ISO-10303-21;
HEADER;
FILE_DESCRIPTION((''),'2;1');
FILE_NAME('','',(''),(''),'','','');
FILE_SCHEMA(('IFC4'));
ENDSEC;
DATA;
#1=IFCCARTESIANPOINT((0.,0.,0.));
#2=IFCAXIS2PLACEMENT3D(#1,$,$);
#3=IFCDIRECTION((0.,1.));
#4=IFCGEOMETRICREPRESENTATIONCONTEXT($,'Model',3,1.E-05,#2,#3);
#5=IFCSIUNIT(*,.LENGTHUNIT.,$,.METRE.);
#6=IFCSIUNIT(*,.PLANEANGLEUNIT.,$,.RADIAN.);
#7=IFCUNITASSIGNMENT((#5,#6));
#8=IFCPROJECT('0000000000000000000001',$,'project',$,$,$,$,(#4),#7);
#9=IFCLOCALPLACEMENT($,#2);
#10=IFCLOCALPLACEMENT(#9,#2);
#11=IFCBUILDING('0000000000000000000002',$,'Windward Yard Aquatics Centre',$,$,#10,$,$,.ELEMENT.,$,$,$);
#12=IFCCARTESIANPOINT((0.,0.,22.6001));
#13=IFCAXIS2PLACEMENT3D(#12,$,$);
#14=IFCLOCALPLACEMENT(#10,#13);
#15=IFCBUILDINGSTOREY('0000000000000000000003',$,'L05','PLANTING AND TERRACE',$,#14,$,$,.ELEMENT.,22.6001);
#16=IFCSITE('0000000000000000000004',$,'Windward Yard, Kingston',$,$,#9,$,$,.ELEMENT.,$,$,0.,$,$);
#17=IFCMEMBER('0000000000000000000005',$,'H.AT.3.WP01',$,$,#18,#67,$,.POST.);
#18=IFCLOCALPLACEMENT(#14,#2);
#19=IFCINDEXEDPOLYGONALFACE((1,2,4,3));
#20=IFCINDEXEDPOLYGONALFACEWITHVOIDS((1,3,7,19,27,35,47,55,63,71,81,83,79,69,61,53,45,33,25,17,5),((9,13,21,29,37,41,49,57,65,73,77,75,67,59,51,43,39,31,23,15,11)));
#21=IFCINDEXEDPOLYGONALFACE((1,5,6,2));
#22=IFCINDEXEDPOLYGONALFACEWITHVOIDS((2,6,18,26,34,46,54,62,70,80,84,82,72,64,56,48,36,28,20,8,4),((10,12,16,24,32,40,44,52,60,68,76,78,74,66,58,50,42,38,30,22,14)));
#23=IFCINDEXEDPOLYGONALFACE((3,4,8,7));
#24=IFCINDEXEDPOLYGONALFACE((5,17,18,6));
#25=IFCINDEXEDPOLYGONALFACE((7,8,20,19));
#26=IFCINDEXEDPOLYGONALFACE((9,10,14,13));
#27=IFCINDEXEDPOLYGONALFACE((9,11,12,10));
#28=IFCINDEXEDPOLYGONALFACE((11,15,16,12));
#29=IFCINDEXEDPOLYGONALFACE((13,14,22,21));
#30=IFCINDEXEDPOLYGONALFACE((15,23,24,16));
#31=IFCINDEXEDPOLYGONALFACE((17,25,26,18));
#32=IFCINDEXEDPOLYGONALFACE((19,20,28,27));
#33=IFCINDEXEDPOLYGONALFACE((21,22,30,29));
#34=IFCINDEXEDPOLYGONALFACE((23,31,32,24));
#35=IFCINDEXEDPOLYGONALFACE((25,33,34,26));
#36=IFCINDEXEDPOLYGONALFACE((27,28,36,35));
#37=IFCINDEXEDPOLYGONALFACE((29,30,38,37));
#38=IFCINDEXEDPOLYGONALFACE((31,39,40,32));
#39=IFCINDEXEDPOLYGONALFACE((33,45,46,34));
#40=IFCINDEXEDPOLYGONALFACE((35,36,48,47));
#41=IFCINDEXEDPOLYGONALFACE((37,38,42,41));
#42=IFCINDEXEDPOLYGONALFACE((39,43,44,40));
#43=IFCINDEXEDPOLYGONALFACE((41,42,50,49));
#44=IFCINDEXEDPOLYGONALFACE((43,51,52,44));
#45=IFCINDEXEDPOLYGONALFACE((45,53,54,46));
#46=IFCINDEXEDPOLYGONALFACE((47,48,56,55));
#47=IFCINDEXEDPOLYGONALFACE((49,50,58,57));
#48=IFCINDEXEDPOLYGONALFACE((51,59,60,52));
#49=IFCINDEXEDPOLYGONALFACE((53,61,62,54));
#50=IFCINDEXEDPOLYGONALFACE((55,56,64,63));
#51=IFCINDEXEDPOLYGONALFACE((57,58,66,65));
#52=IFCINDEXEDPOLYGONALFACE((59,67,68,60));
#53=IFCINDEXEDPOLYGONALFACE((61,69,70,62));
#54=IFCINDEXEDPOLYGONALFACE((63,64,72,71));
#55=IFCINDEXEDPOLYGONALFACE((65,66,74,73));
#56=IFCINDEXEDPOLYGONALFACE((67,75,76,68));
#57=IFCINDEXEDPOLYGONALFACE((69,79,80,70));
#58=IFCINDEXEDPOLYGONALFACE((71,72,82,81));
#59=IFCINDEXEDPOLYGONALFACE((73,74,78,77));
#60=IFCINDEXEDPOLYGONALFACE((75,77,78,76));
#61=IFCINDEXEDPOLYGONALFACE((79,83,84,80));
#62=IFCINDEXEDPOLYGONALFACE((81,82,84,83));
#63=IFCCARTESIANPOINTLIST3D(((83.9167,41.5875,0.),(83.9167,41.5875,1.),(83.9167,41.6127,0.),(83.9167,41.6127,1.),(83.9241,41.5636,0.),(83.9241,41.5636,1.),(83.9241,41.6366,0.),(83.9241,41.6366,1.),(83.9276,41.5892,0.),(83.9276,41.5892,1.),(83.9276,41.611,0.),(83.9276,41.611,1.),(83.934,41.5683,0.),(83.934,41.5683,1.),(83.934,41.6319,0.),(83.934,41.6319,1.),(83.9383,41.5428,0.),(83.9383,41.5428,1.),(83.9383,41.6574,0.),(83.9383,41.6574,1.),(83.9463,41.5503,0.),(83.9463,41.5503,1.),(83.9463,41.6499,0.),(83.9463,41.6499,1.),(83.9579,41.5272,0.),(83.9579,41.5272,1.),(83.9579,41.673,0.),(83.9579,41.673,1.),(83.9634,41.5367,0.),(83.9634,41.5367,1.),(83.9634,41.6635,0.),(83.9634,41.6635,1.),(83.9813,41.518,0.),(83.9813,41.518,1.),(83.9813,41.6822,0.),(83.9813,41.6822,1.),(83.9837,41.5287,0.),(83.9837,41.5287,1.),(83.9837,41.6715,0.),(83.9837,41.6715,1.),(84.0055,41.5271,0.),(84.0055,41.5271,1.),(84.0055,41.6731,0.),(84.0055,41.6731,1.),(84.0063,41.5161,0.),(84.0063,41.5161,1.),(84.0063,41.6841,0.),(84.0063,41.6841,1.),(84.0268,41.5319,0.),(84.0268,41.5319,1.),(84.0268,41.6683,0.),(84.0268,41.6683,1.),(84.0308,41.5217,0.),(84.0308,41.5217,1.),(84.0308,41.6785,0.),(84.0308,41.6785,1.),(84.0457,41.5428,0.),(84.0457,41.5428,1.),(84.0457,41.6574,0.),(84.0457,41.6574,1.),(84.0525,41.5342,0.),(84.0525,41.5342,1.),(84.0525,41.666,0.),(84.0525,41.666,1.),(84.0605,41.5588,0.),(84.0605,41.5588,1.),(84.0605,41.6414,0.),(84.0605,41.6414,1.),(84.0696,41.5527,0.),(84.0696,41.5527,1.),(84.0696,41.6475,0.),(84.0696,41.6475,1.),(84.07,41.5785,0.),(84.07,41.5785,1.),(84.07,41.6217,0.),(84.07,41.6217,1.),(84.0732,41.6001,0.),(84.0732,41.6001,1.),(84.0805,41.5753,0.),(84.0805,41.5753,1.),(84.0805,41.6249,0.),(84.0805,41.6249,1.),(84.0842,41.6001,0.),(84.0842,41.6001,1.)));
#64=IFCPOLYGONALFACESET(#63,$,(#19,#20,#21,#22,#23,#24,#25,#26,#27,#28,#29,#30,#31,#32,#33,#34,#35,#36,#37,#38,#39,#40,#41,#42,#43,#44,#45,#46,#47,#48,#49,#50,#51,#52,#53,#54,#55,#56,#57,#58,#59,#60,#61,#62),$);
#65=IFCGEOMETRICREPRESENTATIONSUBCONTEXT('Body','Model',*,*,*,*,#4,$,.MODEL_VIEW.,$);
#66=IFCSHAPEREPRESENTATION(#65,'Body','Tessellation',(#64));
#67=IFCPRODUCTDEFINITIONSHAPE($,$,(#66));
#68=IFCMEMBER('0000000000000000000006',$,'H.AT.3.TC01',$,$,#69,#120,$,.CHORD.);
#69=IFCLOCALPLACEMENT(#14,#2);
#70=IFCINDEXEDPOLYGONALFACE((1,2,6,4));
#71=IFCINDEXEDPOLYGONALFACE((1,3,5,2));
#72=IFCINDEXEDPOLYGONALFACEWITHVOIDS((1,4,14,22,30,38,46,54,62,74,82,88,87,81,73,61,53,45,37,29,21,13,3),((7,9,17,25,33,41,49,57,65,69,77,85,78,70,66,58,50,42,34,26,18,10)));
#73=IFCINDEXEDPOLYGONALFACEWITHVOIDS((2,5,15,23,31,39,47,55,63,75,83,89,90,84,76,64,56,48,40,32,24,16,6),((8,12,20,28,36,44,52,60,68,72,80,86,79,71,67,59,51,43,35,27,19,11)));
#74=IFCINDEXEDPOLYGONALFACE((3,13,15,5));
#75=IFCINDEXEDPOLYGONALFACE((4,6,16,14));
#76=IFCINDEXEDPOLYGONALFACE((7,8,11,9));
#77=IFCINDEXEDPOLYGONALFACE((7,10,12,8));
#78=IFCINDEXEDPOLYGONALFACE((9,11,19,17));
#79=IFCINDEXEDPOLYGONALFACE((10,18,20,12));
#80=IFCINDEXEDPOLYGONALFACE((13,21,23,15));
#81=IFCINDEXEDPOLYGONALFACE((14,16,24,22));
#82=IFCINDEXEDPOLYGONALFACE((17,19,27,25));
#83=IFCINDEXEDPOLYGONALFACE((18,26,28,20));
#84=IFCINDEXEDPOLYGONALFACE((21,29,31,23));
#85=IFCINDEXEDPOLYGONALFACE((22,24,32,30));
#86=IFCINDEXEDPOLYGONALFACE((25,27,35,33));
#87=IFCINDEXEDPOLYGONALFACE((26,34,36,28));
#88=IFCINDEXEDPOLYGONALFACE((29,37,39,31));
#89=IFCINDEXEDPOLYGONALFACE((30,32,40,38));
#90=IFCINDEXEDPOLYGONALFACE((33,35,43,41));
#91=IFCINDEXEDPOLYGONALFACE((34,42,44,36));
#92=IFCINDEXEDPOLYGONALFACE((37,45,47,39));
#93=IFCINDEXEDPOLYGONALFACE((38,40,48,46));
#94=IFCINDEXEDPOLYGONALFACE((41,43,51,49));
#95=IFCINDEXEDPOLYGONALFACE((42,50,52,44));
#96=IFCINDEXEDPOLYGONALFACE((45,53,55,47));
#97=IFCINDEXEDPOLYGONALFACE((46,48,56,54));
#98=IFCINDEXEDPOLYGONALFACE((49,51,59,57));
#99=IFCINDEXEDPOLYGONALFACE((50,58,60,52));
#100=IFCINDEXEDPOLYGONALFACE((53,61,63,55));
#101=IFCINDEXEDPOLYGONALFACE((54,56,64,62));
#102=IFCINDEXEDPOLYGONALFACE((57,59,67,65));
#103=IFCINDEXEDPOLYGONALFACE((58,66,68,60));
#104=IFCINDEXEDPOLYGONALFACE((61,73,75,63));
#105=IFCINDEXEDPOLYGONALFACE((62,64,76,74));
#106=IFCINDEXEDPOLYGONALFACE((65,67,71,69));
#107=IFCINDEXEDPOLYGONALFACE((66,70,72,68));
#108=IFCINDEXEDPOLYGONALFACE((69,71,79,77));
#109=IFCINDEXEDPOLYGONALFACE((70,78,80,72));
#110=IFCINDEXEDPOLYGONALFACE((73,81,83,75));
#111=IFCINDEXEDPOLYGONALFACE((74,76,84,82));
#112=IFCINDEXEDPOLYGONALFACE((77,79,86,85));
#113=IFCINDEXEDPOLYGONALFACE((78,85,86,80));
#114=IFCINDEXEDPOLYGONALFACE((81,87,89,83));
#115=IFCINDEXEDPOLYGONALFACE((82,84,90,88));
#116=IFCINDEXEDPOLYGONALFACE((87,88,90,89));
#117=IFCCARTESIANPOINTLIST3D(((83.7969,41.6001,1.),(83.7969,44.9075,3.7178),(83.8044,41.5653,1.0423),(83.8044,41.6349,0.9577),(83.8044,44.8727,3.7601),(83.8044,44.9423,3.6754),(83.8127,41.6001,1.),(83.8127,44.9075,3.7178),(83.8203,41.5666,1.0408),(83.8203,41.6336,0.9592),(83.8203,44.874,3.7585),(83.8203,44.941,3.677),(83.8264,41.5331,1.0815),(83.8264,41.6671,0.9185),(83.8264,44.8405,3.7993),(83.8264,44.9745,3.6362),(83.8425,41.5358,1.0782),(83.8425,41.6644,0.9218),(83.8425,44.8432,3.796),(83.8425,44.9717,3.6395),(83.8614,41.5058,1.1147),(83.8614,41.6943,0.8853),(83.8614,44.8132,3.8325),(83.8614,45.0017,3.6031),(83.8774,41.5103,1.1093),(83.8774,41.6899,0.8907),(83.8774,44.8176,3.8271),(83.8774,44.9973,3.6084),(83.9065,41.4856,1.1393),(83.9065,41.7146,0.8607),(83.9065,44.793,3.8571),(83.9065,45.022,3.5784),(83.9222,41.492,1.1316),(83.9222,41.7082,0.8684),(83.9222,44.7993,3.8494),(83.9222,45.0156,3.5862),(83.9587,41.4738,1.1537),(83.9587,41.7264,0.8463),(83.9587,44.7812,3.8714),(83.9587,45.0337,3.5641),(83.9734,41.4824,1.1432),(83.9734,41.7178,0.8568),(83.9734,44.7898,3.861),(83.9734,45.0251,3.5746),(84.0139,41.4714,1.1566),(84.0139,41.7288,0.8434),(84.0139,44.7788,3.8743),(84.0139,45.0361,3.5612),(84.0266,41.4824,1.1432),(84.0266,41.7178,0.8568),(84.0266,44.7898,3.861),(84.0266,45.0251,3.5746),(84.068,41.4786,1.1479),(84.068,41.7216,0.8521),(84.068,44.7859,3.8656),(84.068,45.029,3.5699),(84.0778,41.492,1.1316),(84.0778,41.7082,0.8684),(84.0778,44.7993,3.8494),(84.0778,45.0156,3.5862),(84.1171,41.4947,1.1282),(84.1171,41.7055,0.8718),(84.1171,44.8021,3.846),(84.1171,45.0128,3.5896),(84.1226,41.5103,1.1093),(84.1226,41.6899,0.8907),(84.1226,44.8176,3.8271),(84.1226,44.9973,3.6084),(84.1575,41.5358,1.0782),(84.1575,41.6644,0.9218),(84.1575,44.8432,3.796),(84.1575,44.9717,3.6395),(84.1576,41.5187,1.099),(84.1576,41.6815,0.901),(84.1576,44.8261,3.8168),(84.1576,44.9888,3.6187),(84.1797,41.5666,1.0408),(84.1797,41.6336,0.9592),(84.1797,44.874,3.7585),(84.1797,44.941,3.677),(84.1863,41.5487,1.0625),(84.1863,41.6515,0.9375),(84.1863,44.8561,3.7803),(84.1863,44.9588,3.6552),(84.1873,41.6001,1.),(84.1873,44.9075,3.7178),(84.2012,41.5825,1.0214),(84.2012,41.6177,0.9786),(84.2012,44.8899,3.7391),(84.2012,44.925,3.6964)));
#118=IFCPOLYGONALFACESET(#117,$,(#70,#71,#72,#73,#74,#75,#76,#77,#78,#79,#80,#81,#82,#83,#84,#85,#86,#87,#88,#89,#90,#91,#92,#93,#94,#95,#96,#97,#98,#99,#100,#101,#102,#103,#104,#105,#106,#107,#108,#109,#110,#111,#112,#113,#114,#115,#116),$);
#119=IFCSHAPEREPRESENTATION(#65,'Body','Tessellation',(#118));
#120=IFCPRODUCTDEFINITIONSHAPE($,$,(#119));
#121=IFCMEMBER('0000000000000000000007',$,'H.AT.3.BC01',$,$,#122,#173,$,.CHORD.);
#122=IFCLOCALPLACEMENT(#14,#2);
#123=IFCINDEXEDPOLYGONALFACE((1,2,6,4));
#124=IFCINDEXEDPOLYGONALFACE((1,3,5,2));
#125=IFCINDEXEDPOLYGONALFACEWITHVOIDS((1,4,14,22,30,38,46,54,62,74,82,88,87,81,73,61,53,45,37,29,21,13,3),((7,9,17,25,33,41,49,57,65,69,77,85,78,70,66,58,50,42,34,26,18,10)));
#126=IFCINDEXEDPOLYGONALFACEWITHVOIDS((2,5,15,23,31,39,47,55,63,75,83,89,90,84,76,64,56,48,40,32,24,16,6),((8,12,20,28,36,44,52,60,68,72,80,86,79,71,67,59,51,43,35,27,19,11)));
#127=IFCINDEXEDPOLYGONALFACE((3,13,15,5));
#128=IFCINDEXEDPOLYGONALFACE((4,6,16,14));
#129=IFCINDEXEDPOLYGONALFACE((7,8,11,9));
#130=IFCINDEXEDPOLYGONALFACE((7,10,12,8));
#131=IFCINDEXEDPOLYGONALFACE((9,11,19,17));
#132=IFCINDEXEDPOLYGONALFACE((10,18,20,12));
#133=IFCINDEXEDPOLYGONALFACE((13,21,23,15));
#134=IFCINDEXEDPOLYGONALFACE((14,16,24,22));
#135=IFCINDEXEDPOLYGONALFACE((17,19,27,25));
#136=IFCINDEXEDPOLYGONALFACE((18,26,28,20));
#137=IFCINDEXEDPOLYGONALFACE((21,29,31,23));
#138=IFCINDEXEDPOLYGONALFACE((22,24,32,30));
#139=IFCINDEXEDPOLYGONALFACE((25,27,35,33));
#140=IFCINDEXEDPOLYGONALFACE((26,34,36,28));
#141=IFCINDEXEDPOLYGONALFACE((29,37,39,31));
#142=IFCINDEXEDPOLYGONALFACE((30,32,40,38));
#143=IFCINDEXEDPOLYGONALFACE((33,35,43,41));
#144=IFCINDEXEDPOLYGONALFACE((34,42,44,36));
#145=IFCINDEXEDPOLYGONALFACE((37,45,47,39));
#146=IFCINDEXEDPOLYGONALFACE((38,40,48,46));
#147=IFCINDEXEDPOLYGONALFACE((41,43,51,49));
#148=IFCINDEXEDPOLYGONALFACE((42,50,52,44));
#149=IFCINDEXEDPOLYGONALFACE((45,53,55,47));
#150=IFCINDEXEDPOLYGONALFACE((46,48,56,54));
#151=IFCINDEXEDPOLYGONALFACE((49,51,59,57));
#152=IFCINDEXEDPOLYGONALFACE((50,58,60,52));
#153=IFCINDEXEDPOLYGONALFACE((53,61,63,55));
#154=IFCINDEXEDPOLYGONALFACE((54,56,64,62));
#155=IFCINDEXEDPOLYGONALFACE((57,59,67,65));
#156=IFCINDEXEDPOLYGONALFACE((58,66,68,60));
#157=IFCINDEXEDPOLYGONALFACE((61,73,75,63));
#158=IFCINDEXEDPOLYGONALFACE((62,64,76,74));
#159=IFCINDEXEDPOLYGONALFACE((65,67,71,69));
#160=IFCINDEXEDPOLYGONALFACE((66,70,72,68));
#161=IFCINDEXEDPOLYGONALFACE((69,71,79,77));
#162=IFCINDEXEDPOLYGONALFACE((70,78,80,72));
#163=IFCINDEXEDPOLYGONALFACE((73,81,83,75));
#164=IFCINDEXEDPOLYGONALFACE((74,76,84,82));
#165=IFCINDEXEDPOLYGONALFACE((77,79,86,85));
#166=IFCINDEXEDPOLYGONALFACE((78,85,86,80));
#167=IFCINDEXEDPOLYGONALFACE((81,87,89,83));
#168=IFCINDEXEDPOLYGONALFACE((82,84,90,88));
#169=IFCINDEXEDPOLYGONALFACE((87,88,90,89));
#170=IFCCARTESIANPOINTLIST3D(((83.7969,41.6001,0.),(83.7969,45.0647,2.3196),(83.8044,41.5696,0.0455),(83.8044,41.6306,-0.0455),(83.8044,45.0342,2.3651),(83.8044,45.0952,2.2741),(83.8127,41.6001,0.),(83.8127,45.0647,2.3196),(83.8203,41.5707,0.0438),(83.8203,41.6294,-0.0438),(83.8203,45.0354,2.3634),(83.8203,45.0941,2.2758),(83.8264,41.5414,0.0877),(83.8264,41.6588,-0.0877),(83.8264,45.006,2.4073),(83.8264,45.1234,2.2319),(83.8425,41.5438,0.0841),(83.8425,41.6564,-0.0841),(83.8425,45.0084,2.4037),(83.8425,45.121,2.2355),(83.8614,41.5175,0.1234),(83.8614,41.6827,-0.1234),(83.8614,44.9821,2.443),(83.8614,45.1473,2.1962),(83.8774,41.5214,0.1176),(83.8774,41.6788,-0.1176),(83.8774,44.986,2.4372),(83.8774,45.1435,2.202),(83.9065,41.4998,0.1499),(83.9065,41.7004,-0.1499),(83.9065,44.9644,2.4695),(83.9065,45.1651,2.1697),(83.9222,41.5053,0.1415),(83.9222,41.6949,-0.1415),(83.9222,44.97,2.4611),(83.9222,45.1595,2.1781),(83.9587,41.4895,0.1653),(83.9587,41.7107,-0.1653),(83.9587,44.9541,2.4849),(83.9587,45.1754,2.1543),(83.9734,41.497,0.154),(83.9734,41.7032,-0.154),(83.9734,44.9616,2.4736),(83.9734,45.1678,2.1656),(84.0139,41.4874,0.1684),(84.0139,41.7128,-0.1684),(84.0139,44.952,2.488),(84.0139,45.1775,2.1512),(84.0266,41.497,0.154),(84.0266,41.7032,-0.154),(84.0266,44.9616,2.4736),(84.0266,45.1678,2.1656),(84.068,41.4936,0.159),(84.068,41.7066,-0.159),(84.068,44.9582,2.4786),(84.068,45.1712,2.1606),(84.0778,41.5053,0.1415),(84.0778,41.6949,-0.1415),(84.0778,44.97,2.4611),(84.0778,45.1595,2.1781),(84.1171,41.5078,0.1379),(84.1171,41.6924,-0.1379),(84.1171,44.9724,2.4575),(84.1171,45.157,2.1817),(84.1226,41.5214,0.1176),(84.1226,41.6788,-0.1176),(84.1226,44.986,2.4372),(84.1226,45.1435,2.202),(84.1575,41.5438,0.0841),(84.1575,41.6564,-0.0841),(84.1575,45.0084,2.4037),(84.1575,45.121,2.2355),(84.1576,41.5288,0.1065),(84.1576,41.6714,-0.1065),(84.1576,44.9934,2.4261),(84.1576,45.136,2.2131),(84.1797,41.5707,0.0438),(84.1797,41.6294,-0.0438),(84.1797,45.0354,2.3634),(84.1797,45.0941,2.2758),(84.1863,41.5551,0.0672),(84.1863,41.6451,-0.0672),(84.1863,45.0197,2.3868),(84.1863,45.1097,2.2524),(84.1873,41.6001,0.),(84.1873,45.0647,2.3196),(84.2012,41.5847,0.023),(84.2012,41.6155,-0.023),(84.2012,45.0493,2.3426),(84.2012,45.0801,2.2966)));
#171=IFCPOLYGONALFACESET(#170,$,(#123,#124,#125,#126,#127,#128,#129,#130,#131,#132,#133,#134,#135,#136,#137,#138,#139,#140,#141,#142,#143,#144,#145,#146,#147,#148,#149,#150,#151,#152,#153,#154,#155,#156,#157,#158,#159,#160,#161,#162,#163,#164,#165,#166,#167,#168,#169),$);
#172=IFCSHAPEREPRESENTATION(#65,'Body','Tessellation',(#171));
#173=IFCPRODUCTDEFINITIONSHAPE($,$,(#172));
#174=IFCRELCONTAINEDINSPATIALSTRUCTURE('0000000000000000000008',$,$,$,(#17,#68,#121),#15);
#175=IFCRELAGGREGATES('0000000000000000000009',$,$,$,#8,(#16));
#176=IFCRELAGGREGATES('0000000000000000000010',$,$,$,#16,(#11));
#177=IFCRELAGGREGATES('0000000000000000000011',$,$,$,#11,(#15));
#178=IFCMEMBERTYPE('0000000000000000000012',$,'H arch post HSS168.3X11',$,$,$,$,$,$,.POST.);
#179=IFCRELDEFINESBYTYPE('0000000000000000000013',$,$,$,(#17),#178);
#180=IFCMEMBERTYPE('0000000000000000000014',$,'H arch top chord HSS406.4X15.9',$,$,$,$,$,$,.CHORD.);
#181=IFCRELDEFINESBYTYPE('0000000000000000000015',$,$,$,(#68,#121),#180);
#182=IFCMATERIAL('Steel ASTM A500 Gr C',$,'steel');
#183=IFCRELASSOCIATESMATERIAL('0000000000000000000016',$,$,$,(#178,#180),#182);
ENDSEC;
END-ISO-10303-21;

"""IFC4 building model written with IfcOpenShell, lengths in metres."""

from ifc_helpers import new_model, si_unit, direction, frame, origin, origin_2d, place, context, subcontext, project, spatial, hollow_circle, extrude, material, material_profile, profile_set, type_object, element, save


model = new_model("IFC4")

# Units and contexts
model_context = context("Model", 3, precision=1e-05, world=origin(), true_north=direction((0.0, 1.0)))
body_context = subcontext(model_context, "Body", "Model", "MODEL_VIEW")
ifc_project = project(units=[si_unit("LENGTHUNIT", "METRE"), si_unit("PLANEANGLEUNIT", "RADIAN")], contexts=[model_context])

# Site, building, storey
site_placement = place(None, origin())
site = spatial("IfcSite", under=ifc_project, at=site_placement, Name="Windward Yard, Kingston", CompositionType="ELEMENT", RefElevation=0.0)
building_placement = place(site_placement, origin())
building = spatial("IfcBuilding", under=site, at=building_placement, Name="Windward Yard Aquatics Centre", CompositionType="ELEMENT")
storey_placement = place(building_placement, frame((0.0, 0.0, 22.6001)))
storey = spatial("IfcBuildingStorey", under=building, at=storey_placement, Name="L05", Description="PLANTING AND TERRACE", CompositionType="ELEMENT", Elevation=22.6001)

# Members
ifc_material_1 = material(Name="Steel ASTM A500 Gr C", Category="steel")
ifc_material_profile_1 = material_profile(ifc_material_1, hollow_circle(Radius=0.0842, WallThickness=0.011, at=origin_2d()), Name="HSS168.3X11")
ifc_profile_set_1 = profile_set([ifc_material_profile_1], Name="Steel ASTM A500 Gr C")
member_type_1 = type_object("IfcMemberType", Name="H arch post HSS168.3X11", PredefinedType="POST", material=ifc_profile_set_1)
member_1_placement = place(storey_placement, frame((84.0, 41.6001, 0.0), z_axis=(0.0, 0.0, 1.0), x_axis=(1.0, 0.0, 0.0)))
element("IfcMember", 1, at=member_1_placement, inside=storey, type_object=member_type_1, Name="H.AT.3.WP01", PredefinedType="POST", context=body_context, shape_type="SweptSolid", body=[
    extrude(hollow_circle(Radius=0.0842, WallThickness=0.011, at=origin_2d()), origin(), (0.0, 0.0, 1.0), 1.0),
])
ifc_material_profile_2 = material_profile(ifc_material_1, hollow_circle(Radius=0.2031, WallThickness=0.0159, at=origin_2d()), Name="HSS406.4X15.9")
ifc_profile_set_2 = profile_set([ifc_material_profile_2], Name="Steel ASTM A500 Gr C")
member_type_2 = type_object("IfcMemberType", Name="H arch top chord HSS406.4X15.9", PredefinedType="CHORD", material=ifc_profile_set_2)
member_2_placement = place(storey_placement, frame((84.0, 41.6001, 1.0), z_axis=(0.0, 0.772611, 0.634879), x_axis=(-1.0, 0.0, 0.0)))
element("IfcMember", 2, at=member_2_placement, inside=storey, type_object=member_type_2, Name="H.AT.3.TC01", PredefinedType="CHORD", context=body_context, shape_type="SweptSolid", body=[
    extrude(hollow_circle(Radius=0.2031, WallThickness=0.0159, at=origin_2d()), origin(), (0.0, 0.0, 1.0), 4.2808),
])
member_3_placement = place(storey_placement, frame((84.0, 41.6001, 0.0), z_axis=(0.0, 0.830959, 0.556334), x_axis=(-1.0, 0.0, 0.0)))
element("IfcMember", 3, at=member_3_placement, inside=storey, type_object=member_type_2, Name="H.AT.3.BC01", PredefinedType="CHORD", context=body_context, shape_type="SweptSolid", body=[
    extrude(hollow_circle(Radius=0.2031, WallThickness=0.0159, at=origin_2d()), origin(), (0.0, 0.0, 1.0), 4.1694),
])

save(model, "model.ifc")
